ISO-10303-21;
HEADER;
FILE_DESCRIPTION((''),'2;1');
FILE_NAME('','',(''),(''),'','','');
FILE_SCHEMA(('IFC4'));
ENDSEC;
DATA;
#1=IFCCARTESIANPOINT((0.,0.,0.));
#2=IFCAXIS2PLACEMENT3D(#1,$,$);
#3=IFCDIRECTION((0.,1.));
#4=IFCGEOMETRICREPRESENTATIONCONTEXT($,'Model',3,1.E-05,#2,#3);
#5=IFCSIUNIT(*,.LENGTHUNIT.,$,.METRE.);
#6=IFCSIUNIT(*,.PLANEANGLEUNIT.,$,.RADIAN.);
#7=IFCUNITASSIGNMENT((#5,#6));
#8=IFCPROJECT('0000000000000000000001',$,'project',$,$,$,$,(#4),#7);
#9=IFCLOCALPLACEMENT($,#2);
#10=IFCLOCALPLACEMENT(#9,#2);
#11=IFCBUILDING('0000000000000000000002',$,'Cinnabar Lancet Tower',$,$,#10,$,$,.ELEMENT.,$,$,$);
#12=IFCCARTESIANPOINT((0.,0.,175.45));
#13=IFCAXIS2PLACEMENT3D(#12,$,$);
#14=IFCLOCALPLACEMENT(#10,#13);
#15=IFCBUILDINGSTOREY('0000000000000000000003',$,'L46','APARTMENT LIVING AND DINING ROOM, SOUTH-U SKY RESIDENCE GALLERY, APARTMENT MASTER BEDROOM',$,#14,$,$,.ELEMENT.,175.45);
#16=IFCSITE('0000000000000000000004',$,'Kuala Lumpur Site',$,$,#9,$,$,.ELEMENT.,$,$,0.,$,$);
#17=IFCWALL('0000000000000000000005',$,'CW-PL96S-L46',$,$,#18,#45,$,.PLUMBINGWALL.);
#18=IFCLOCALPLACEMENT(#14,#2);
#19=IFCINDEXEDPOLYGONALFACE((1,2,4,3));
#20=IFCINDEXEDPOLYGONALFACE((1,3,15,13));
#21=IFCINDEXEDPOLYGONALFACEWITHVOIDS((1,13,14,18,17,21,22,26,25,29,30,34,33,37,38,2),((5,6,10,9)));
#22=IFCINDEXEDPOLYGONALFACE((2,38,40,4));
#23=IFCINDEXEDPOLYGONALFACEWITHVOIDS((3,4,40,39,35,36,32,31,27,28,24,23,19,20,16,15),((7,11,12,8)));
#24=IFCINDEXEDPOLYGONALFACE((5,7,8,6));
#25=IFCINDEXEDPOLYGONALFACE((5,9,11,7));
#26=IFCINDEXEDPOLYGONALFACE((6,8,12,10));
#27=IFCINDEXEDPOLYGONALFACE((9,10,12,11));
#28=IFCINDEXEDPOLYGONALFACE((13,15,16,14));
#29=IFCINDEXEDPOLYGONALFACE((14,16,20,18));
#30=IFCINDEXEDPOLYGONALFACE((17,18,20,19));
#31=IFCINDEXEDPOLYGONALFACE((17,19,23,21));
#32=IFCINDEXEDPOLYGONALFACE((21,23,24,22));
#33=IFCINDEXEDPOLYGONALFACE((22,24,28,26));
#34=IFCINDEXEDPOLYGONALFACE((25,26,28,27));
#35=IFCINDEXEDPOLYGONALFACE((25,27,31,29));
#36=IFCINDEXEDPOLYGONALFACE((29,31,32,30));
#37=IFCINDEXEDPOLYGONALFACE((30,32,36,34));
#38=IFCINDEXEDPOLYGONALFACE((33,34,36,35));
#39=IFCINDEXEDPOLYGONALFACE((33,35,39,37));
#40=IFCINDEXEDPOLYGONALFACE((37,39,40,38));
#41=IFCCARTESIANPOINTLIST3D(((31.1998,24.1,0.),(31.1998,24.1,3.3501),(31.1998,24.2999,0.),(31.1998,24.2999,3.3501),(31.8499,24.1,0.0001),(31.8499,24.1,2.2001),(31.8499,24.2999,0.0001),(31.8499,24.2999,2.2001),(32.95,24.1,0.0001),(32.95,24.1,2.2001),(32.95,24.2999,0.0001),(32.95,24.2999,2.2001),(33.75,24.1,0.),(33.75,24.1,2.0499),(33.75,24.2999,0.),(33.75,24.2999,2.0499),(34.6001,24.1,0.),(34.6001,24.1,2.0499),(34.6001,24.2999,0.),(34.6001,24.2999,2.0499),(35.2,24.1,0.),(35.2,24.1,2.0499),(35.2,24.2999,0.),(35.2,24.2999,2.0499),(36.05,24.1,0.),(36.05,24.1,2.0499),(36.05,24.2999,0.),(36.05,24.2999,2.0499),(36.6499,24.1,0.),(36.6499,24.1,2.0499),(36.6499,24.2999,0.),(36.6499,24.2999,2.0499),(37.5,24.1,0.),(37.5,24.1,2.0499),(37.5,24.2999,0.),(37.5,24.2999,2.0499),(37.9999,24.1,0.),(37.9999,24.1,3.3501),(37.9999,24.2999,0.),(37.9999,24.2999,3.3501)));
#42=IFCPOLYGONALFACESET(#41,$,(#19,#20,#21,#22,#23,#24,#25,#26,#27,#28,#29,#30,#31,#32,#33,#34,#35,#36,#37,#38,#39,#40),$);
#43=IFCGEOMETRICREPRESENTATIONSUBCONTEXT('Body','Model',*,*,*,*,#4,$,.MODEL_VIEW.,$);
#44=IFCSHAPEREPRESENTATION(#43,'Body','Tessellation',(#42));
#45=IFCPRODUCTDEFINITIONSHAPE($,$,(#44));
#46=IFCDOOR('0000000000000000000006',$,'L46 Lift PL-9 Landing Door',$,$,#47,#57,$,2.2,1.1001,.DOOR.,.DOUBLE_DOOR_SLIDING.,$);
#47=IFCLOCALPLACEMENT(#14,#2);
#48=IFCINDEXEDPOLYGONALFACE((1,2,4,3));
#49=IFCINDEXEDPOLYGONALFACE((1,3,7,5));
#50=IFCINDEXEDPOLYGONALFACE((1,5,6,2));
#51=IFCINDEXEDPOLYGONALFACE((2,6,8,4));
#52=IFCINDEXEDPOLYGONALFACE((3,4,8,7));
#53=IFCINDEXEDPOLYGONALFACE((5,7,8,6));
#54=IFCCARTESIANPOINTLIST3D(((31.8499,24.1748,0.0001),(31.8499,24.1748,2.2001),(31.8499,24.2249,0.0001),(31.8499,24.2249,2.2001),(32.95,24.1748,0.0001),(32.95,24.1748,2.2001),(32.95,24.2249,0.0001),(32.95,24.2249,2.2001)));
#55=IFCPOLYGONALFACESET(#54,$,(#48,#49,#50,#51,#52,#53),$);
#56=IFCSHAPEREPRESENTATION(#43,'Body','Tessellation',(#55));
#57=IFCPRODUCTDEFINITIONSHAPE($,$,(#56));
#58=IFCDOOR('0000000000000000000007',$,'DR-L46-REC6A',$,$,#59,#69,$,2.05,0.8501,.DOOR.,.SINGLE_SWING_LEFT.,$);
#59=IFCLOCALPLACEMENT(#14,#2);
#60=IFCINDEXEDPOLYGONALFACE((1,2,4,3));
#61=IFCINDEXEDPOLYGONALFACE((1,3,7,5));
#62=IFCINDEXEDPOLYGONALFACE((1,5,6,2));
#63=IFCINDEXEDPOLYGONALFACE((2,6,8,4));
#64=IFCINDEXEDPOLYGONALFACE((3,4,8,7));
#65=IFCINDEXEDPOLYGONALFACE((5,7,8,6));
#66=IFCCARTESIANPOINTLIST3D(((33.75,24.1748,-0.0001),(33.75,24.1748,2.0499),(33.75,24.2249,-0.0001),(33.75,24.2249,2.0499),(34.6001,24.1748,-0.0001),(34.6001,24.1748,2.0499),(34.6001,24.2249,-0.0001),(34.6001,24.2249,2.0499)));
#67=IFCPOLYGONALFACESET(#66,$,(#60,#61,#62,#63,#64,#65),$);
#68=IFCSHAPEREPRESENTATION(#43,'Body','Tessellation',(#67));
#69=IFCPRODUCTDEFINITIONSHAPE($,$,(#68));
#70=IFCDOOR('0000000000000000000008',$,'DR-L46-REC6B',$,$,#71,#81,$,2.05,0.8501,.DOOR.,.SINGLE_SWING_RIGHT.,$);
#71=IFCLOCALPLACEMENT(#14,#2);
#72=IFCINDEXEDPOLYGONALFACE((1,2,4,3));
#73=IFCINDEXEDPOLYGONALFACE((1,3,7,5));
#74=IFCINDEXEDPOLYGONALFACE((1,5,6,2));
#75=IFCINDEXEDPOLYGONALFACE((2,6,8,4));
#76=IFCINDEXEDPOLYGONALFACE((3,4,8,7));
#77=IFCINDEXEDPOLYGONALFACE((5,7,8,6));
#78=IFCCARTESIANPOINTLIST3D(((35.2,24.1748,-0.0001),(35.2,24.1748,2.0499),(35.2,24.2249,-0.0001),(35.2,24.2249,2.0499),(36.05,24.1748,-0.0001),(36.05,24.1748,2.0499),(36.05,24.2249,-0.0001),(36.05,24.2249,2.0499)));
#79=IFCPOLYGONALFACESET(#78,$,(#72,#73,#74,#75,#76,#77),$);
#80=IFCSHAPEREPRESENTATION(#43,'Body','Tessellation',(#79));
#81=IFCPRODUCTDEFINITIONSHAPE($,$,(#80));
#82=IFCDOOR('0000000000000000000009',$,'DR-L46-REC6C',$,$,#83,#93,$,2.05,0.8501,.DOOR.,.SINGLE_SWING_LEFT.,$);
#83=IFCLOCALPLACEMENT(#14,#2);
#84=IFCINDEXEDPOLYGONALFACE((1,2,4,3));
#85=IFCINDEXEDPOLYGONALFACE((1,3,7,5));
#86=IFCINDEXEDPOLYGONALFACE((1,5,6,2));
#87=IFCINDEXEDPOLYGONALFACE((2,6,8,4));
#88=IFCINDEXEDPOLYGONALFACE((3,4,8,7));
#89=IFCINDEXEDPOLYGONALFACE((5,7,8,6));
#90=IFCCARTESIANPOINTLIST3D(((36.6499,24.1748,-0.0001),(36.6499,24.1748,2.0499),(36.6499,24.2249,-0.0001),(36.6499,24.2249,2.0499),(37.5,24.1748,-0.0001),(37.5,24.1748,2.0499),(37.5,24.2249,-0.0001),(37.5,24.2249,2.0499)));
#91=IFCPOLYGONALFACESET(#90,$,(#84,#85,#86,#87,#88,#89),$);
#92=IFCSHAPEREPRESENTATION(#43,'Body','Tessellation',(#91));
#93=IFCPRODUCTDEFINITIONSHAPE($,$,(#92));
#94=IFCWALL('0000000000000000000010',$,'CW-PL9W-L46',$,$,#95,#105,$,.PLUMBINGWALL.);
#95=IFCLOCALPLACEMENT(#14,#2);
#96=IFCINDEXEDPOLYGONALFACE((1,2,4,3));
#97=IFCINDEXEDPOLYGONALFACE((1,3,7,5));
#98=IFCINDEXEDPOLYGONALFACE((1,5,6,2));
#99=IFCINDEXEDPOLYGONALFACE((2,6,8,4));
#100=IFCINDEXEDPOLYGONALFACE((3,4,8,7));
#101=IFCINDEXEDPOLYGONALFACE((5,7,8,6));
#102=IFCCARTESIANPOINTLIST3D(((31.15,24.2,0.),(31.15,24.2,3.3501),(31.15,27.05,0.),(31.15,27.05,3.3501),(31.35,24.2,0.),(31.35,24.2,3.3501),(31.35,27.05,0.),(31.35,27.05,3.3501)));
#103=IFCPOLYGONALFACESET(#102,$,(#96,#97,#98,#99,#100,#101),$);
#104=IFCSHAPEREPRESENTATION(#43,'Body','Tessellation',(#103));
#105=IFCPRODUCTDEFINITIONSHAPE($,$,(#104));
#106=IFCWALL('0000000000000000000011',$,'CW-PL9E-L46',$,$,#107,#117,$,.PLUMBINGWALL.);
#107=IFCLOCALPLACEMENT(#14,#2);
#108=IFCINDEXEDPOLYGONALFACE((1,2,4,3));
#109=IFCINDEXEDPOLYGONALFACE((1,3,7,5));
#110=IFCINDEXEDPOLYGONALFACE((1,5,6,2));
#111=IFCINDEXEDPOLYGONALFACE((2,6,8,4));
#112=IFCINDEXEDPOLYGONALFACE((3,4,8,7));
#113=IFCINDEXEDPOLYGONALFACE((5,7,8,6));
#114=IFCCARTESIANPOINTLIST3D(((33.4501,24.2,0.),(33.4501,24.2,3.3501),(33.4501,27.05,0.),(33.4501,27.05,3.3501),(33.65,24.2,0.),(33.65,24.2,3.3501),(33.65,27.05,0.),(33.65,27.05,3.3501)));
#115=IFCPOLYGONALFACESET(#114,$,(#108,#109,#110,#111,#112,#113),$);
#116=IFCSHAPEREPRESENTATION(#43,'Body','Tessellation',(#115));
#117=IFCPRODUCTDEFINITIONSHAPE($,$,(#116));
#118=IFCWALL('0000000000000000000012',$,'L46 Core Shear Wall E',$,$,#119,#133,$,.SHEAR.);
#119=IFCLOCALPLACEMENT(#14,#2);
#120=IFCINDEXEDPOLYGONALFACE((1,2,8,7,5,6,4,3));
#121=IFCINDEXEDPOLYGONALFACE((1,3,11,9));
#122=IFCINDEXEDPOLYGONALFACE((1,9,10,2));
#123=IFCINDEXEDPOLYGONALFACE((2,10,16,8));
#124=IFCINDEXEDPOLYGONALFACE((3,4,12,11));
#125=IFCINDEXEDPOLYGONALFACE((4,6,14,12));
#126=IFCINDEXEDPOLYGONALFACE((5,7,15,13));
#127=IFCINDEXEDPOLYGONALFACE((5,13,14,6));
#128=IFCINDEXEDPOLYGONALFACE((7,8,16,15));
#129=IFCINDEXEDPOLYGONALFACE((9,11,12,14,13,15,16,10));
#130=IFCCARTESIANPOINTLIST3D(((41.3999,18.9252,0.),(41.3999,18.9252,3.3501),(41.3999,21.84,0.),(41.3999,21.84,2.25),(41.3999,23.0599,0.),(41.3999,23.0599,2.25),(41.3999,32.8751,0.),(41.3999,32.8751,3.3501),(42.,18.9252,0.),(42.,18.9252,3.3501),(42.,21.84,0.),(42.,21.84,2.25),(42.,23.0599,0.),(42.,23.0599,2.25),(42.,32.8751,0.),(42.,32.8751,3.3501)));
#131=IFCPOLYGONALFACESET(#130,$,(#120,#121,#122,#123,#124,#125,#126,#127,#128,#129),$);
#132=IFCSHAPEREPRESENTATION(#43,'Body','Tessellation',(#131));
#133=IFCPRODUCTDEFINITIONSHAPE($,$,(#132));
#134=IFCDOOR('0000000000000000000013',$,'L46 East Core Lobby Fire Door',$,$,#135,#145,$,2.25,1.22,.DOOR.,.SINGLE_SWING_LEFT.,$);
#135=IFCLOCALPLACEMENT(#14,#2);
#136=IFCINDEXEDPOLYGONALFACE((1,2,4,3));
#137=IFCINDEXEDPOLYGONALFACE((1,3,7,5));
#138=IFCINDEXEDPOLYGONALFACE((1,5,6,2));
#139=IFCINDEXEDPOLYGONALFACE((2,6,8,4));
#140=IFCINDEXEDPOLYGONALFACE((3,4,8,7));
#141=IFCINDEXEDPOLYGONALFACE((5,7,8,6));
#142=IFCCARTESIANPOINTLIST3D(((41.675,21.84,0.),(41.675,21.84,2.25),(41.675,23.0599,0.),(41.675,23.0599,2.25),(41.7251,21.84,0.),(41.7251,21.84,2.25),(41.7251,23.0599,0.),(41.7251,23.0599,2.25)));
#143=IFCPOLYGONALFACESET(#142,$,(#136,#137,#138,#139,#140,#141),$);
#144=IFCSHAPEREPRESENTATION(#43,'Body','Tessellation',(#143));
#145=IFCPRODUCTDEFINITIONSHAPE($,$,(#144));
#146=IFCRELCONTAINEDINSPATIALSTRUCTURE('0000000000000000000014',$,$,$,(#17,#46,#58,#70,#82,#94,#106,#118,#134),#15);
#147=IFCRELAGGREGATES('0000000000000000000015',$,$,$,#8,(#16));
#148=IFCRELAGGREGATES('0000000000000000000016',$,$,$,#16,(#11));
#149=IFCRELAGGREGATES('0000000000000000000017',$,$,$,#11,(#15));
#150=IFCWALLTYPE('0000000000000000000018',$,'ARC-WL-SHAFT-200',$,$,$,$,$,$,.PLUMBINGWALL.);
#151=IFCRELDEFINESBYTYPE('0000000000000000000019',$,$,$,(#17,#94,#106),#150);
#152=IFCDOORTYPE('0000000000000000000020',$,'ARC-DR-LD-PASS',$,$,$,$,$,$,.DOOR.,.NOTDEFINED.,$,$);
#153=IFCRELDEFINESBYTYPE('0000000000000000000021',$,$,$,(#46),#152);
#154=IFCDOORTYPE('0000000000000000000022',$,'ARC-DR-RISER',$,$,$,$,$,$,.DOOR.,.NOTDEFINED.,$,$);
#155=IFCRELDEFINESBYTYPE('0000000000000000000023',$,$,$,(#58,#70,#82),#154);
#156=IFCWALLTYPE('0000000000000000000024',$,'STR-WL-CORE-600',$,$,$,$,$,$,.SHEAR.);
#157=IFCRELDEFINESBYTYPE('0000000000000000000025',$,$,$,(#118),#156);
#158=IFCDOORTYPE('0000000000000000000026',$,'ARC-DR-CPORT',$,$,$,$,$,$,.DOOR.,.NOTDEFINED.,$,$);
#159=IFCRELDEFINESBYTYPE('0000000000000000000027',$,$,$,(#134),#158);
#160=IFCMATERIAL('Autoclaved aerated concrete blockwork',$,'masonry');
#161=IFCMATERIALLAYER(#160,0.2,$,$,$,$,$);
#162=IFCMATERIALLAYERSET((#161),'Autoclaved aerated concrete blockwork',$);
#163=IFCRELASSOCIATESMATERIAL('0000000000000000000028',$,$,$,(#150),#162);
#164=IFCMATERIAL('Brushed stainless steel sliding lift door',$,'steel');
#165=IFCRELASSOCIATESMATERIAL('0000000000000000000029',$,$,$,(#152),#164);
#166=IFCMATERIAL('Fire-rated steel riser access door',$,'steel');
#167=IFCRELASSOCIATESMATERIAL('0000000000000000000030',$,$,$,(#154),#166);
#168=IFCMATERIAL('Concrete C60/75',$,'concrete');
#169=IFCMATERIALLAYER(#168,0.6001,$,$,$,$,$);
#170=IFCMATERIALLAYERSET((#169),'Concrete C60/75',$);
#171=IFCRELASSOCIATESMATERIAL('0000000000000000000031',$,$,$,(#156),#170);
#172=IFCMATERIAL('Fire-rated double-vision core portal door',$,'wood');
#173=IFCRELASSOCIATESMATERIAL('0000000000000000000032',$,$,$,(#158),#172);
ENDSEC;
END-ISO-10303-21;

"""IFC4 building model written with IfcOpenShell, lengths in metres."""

from ifc_helpers import new_model, si_unit, direction, frame, frame_2d, origin, place, context, subcontext, project, spatial, rectangle, extrude, material, layer, layer_set, type_object, element, fill, save


model = new_model("IFC4")

# Units and contexts
model_context = context("Model", 3, precision=1e-05, world=origin(), true_north=direction((0.0, 1.0)))
body_context = subcontext(model_context, "Body", "Model", "MODEL_VIEW")
ifc_project = project(units=[si_unit("LENGTHUNIT", "METRE"), si_unit("PLANEANGLEUNIT", "RADIAN")], contexts=[model_context])

# Site, building, storey
site_placement = place(None, origin())
site = spatial("IfcSite", under=ifc_project, at=site_placement, Name="Kuala Lumpur Site", CompositionType="ELEMENT", RefElevation=0.0)
building_placement = place(site_placement, origin())
building = spatial("IfcBuilding", under=site, at=building_placement, Name="Cinnabar Lancet Tower", CompositionType="ELEMENT")
storey_placement = place(building_placement, frame((0.0, 0.0, 175.45)))
storey = spatial("IfcBuildingStorey", under=building, at=storey_placement, Name="L46", Description="APARTMENT LIVING AND DINING ROOM, SOUTH-U SKY RESIDENCE GALLERY, APARTMENT MASTER BEDROOM", CompositionType="ELEMENT", Elevation=175.45)

# Shared definitions
ifc_material_1 = material(Name="Autoclaved aerated concrete blockwork", Category="masonry")
ifc_layer_1 = layer(ifc_material_1, 0.2)
ifc_layer_set_1 = layer_set([ifc_layer_1], Name="Autoclaved aerated concrete blockwork")
wall_type_1 = type_object("IfcWallType", Name="ARC-WL-SHAFT-200", PredefinedType="PLUMBINGWALL", material=ifc_layer_set_1)

# Wall, openings, doors
wall_1_placement = place(storey_placement, frame((31.2, 24.2, 0.0), z_axis=(0.0, 0.0, 1.0), x_axis=(1.0, 0.0, 0.0)))
wall_1 = element("IfcWall", 1, at=wall_1_placement, inside=storey, type_object=wall_type_1, Name="CW-PL96S-L46", PredefinedType="PLUMBINGWALL", context=body_context, shape_type="SweptSolid", body=[
    extrude(rectangle(XDim=6.8, YDim=0.2, at=frame_2d((3.3999, 0.0))), origin(), (0.0, 0.0, 1.0), 3.3501),
])
opening_1_placement = place(wall_1_placement, frame((0.6499, 0.0, 0.0)))
opening_1 = element("IfcOpeningElement", 2, at=opening_1_placement, cuts=wall_1, PredefinedType="OPENING", context=body_context, shape_type="SweptSolid", body=[
    extrude(rectangle(XDim=1.1001, YDim=2.2, at=frame_2d((0.55, 1.1001))), frame((0.0, 0.1099, 0.0), z_axis=(0.0, -1.0, 0.0), x_axis=(1.0, 0.0, 0.0)), (0.0, 0.0, 1.0), 0.22),
])
opening_2_placement = place(wall_1_placement, frame((2.55, 0.0, 0.0)))
opening_2 = element("IfcOpeningElement", 3, at=opening_2_placement, cuts=wall_1, PredefinedType="OPENING", context=body_context, shape_type="SweptSolid", body=[
    extrude(rectangle(XDim=0.8501, YDim=2.05, at=frame_2d((0.425, 1.0249))), frame((0.0, 0.1099, 0.0), z_axis=(0.0, -1.0, 0.0), x_axis=(1.0, 0.0, 0.0)), (0.0, 0.0, 1.0), 0.22),
])
opening_3_placement = place(wall_1_placement, frame((4.0, 0.0, 0.0)))
opening_3 = element("IfcOpeningElement", 4, at=opening_3_placement, cuts=wall_1, PredefinedType="OPENING", context=body_context, shape_type="SweptSolid", body=[
    extrude(rectangle(XDim=0.8501, YDim=2.05, at=frame_2d((0.425, 1.0249))), frame((0.0, 0.1099, 0.0), z_axis=(0.0, -1.0, 0.0), x_axis=(1.0, 0.0, 0.0)), (0.0, 0.0, 1.0), 0.22),
])
opening_4_placement = place(wall_1_placement, frame((5.45, 0.0, 0.0)))
opening_4 = element("IfcOpeningElement", 5, at=opening_4_placement, cuts=wall_1, PredefinedType="OPENING", context=body_context, shape_type="SweptSolid", body=[
    extrude(rectangle(XDim=0.8501, YDim=2.05, at=frame_2d((0.425, 1.0249))), frame((0.0, 0.1099, 0.0), z_axis=(0.0, -1.0, 0.0), x_axis=(1.0, 0.0, 0.0)), (0.0, 0.0, 1.0), 0.22),
])
ifc_material_2 = material(Name="Brushed stainless steel sliding lift door", Category="steel")
door_type_1 = type_object("IfcDoorType", Name="ARC-DR-LD-PASS", OperationType="NOTDEFINED", PredefinedType="DOOR", material=ifc_material_2)
door_1_placement = place(opening_1_placement, origin())
door_1 = element("IfcDoor", 6, at=door_1_placement, inside=storey, type_object=door_type_1, Name="L46 Lift PL-9 Landing Door", OperationType="DOUBLE_DOOR_SLIDING", OverallHeight=2.2, OverallWidth=1.1001, PredefinedType="DOOR", context=body_context, shape_type="SweptSolid", body=[
    extrude(rectangle(XDim=1.1001, YDim=2.2, at=frame_2d((0.55, 1.1001))), frame((0.0, 0.0249, 0.0), z_axis=(0.0, -1.0, 0.0), x_axis=(1.0, 0.0, 0.0)), (0.0, 0.0, 1.0), 0.05),
])
fill(opening_1, door_1)
ifc_material_3 = material(Name="Fire-rated steel riser access door", Category="steel")
door_type_2 = type_object("IfcDoorType", Name="ARC-DR-RISER", OperationType="NOTDEFINED", PredefinedType="DOOR", material=ifc_material_3)
door_2_placement = place(opening_2_placement, origin())
door_2 = element("IfcDoor", 7, at=door_2_placement, inside=storey, type_object=door_type_2, Name="DR-L46-REC6A", OperationType="SINGLE_SWING_LEFT", OverallHeight=2.05, OverallWidth=0.8501, PredefinedType="DOOR", context=body_context, shape_type="SweptSolid", body=[
    extrude(rectangle(XDim=0.8501, YDim=2.05, at=frame_2d((0.425, 1.0249))), frame((0.0, 0.0249, 0.0), z_axis=(0.0, -1.0, 0.0), x_axis=(1.0, 0.0, 0.0)), (0.0, 0.0, 1.0), 0.05),
])
fill(opening_2, door_2)
door_3_placement = place(opening_3_placement, origin())
door_3 = element("IfcDoor", 8, at=door_3_placement, inside=storey, type_object=door_type_2, Name="DR-L46-REC6B", OperationType="SINGLE_SWING_RIGHT", OverallHeight=2.05, OverallWidth=0.8501, PredefinedType="DOOR", context=body_context, shape_type="SweptSolid", body=[
    extrude(rectangle(XDim=0.8501, YDim=2.05, at=frame_2d((0.425, 1.0249))), frame((0.0, 0.0249, 0.0), z_axis=(0.0, -1.0, 0.0), x_axis=(1.0, 0.0, 0.0)), (0.0, 0.0, 1.0), 0.05),
])
fill(opening_3, door_3)
door_4_placement = place(opening_4_placement, origin())
door_4 = element("IfcDoor", 9, at=door_4_placement, inside=storey, type_object=door_type_2, Name="DR-L46-REC6C", OperationType="SINGLE_SWING_LEFT", OverallHeight=2.05, OverallWidth=0.8501, PredefinedType="DOOR", context=body_context, shape_type="SweptSolid", body=[
    extrude(rectangle(XDim=0.8501, YDim=2.05, at=frame_2d((0.425, 1.0249))), frame((0.0, 0.0249, 0.0), z_axis=(0.0, -1.0, 0.0), x_axis=(1.0, 0.0, 0.0)), (0.0, 0.0, 1.0), 0.05),
])
fill(opening_4, door_4)

# Walls
for number, where, z_axis, x_axis, name in (
    (10, (31.25, 24.2, 0.0), (0.0, 0.0, 1.0), (0.0, 1.0, 0.0), "CW-PL9W-L46"),
    (11, (33.55, 24.2, 0.0), (0.0, 0.0, 1.0), (0.0, 1.0, 0.0), "CW-PL9E-L46"),
):
    element("IfcWall", number, at=place(storey_placement, frame(where, z_axis=z_axis, x_axis=x_axis)), inside=storey, type_object=wall_type_1, Name=name, PredefinedType="PLUMBINGWALL", context=body_context, shape_type="SweptSolid", body=[
        extrude(rectangle(XDim=2.8501, YDim=0.2, at=frame_2d((1.425, 0.0))), origin(), (0.0, 0.0, 1.0), 3.3501),
    ])

# Wall, opening, door
ifc_material_4 = material(Name="Concrete C60/75", Category="concrete")
ifc_layer_2 = layer(ifc_material_4, 0.6001)
ifc_layer_set_2 = layer_set([ifc_layer_2], Name="Concrete C60/75")
wall_type_2 = type_object("IfcWallType", Name="STR-WL-CORE-600", PredefinedType="SHEAR", material=ifc_layer_set_2)
wall_2_placement = place(storey_placement, frame((41.7, 18.925, 0.0), z_axis=(0.0, 0.0, 1.0), x_axis=(0.0, 1.0, 0.0)))
wall_2 = element("IfcWall", 12, at=wall_2_placement, inside=storey, type_object=wall_type_2, Name="L46 Core Shear Wall E", PredefinedType="SHEAR", context=body_context, shape_type="SweptSolid", body=[
    extrude(rectangle(XDim=13.95, YDim=0.6001, at=frame_2d((6.9751, 0.0))), origin(), (0.0, 0.0, 1.0), 3.3501),
])
opening_5_placement = place(wall_2_placement, frame((2.915, 0.0, 0.0)))
opening_5 = element("IfcOpeningElement", 13, at=opening_5_placement, cuts=wall_2, PredefinedType="OPENING", context=body_context, shape_type="SweptSolid", body=[
    extrude(rectangle(XDim=1.22, YDim=2.25, at=frame_2d((0.6099, 1.125))), frame((0.0, 0.3101, 0.0), z_axis=(0.0, -1.0, 0.0), x_axis=(1.0, 0.0, 0.0)), (0.0, 0.0, 1.0), 0.6201),
])
ifc_material_5 = material(Name="Fire-rated double-vision core portal door", Category="wood")
door_type_3 = type_object("IfcDoorType", Name="ARC-DR-CPORT", OperationType="NOTDEFINED", PredefinedType="DOOR", material=ifc_material_5)
door_5_placement = place(opening_5_placement, origin())
door_5 = element("IfcDoor", 14, at=door_5_placement, inside=storey, type_object=door_type_3, Name="L46 East Core Lobby Fire Door", OperationType="SINGLE_SWING_LEFT", OverallHeight=2.25, OverallWidth=1.22, PredefinedType="DOOR", context=body_context, shape_type="SweptSolid", body=[
    extrude(rectangle(XDim=1.22, YDim=2.25, at=frame_2d((0.6099, 1.125))), frame((0.0, 0.0249, 0.0), z_axis=(0.0, -1.0, 0.0), x_axis=(1.0, 0.0, 0.0)), (0.0, 0.0, 1.0), 0.05),
])
fill(opening_5, door_5)

save(model, "model.ifc")
